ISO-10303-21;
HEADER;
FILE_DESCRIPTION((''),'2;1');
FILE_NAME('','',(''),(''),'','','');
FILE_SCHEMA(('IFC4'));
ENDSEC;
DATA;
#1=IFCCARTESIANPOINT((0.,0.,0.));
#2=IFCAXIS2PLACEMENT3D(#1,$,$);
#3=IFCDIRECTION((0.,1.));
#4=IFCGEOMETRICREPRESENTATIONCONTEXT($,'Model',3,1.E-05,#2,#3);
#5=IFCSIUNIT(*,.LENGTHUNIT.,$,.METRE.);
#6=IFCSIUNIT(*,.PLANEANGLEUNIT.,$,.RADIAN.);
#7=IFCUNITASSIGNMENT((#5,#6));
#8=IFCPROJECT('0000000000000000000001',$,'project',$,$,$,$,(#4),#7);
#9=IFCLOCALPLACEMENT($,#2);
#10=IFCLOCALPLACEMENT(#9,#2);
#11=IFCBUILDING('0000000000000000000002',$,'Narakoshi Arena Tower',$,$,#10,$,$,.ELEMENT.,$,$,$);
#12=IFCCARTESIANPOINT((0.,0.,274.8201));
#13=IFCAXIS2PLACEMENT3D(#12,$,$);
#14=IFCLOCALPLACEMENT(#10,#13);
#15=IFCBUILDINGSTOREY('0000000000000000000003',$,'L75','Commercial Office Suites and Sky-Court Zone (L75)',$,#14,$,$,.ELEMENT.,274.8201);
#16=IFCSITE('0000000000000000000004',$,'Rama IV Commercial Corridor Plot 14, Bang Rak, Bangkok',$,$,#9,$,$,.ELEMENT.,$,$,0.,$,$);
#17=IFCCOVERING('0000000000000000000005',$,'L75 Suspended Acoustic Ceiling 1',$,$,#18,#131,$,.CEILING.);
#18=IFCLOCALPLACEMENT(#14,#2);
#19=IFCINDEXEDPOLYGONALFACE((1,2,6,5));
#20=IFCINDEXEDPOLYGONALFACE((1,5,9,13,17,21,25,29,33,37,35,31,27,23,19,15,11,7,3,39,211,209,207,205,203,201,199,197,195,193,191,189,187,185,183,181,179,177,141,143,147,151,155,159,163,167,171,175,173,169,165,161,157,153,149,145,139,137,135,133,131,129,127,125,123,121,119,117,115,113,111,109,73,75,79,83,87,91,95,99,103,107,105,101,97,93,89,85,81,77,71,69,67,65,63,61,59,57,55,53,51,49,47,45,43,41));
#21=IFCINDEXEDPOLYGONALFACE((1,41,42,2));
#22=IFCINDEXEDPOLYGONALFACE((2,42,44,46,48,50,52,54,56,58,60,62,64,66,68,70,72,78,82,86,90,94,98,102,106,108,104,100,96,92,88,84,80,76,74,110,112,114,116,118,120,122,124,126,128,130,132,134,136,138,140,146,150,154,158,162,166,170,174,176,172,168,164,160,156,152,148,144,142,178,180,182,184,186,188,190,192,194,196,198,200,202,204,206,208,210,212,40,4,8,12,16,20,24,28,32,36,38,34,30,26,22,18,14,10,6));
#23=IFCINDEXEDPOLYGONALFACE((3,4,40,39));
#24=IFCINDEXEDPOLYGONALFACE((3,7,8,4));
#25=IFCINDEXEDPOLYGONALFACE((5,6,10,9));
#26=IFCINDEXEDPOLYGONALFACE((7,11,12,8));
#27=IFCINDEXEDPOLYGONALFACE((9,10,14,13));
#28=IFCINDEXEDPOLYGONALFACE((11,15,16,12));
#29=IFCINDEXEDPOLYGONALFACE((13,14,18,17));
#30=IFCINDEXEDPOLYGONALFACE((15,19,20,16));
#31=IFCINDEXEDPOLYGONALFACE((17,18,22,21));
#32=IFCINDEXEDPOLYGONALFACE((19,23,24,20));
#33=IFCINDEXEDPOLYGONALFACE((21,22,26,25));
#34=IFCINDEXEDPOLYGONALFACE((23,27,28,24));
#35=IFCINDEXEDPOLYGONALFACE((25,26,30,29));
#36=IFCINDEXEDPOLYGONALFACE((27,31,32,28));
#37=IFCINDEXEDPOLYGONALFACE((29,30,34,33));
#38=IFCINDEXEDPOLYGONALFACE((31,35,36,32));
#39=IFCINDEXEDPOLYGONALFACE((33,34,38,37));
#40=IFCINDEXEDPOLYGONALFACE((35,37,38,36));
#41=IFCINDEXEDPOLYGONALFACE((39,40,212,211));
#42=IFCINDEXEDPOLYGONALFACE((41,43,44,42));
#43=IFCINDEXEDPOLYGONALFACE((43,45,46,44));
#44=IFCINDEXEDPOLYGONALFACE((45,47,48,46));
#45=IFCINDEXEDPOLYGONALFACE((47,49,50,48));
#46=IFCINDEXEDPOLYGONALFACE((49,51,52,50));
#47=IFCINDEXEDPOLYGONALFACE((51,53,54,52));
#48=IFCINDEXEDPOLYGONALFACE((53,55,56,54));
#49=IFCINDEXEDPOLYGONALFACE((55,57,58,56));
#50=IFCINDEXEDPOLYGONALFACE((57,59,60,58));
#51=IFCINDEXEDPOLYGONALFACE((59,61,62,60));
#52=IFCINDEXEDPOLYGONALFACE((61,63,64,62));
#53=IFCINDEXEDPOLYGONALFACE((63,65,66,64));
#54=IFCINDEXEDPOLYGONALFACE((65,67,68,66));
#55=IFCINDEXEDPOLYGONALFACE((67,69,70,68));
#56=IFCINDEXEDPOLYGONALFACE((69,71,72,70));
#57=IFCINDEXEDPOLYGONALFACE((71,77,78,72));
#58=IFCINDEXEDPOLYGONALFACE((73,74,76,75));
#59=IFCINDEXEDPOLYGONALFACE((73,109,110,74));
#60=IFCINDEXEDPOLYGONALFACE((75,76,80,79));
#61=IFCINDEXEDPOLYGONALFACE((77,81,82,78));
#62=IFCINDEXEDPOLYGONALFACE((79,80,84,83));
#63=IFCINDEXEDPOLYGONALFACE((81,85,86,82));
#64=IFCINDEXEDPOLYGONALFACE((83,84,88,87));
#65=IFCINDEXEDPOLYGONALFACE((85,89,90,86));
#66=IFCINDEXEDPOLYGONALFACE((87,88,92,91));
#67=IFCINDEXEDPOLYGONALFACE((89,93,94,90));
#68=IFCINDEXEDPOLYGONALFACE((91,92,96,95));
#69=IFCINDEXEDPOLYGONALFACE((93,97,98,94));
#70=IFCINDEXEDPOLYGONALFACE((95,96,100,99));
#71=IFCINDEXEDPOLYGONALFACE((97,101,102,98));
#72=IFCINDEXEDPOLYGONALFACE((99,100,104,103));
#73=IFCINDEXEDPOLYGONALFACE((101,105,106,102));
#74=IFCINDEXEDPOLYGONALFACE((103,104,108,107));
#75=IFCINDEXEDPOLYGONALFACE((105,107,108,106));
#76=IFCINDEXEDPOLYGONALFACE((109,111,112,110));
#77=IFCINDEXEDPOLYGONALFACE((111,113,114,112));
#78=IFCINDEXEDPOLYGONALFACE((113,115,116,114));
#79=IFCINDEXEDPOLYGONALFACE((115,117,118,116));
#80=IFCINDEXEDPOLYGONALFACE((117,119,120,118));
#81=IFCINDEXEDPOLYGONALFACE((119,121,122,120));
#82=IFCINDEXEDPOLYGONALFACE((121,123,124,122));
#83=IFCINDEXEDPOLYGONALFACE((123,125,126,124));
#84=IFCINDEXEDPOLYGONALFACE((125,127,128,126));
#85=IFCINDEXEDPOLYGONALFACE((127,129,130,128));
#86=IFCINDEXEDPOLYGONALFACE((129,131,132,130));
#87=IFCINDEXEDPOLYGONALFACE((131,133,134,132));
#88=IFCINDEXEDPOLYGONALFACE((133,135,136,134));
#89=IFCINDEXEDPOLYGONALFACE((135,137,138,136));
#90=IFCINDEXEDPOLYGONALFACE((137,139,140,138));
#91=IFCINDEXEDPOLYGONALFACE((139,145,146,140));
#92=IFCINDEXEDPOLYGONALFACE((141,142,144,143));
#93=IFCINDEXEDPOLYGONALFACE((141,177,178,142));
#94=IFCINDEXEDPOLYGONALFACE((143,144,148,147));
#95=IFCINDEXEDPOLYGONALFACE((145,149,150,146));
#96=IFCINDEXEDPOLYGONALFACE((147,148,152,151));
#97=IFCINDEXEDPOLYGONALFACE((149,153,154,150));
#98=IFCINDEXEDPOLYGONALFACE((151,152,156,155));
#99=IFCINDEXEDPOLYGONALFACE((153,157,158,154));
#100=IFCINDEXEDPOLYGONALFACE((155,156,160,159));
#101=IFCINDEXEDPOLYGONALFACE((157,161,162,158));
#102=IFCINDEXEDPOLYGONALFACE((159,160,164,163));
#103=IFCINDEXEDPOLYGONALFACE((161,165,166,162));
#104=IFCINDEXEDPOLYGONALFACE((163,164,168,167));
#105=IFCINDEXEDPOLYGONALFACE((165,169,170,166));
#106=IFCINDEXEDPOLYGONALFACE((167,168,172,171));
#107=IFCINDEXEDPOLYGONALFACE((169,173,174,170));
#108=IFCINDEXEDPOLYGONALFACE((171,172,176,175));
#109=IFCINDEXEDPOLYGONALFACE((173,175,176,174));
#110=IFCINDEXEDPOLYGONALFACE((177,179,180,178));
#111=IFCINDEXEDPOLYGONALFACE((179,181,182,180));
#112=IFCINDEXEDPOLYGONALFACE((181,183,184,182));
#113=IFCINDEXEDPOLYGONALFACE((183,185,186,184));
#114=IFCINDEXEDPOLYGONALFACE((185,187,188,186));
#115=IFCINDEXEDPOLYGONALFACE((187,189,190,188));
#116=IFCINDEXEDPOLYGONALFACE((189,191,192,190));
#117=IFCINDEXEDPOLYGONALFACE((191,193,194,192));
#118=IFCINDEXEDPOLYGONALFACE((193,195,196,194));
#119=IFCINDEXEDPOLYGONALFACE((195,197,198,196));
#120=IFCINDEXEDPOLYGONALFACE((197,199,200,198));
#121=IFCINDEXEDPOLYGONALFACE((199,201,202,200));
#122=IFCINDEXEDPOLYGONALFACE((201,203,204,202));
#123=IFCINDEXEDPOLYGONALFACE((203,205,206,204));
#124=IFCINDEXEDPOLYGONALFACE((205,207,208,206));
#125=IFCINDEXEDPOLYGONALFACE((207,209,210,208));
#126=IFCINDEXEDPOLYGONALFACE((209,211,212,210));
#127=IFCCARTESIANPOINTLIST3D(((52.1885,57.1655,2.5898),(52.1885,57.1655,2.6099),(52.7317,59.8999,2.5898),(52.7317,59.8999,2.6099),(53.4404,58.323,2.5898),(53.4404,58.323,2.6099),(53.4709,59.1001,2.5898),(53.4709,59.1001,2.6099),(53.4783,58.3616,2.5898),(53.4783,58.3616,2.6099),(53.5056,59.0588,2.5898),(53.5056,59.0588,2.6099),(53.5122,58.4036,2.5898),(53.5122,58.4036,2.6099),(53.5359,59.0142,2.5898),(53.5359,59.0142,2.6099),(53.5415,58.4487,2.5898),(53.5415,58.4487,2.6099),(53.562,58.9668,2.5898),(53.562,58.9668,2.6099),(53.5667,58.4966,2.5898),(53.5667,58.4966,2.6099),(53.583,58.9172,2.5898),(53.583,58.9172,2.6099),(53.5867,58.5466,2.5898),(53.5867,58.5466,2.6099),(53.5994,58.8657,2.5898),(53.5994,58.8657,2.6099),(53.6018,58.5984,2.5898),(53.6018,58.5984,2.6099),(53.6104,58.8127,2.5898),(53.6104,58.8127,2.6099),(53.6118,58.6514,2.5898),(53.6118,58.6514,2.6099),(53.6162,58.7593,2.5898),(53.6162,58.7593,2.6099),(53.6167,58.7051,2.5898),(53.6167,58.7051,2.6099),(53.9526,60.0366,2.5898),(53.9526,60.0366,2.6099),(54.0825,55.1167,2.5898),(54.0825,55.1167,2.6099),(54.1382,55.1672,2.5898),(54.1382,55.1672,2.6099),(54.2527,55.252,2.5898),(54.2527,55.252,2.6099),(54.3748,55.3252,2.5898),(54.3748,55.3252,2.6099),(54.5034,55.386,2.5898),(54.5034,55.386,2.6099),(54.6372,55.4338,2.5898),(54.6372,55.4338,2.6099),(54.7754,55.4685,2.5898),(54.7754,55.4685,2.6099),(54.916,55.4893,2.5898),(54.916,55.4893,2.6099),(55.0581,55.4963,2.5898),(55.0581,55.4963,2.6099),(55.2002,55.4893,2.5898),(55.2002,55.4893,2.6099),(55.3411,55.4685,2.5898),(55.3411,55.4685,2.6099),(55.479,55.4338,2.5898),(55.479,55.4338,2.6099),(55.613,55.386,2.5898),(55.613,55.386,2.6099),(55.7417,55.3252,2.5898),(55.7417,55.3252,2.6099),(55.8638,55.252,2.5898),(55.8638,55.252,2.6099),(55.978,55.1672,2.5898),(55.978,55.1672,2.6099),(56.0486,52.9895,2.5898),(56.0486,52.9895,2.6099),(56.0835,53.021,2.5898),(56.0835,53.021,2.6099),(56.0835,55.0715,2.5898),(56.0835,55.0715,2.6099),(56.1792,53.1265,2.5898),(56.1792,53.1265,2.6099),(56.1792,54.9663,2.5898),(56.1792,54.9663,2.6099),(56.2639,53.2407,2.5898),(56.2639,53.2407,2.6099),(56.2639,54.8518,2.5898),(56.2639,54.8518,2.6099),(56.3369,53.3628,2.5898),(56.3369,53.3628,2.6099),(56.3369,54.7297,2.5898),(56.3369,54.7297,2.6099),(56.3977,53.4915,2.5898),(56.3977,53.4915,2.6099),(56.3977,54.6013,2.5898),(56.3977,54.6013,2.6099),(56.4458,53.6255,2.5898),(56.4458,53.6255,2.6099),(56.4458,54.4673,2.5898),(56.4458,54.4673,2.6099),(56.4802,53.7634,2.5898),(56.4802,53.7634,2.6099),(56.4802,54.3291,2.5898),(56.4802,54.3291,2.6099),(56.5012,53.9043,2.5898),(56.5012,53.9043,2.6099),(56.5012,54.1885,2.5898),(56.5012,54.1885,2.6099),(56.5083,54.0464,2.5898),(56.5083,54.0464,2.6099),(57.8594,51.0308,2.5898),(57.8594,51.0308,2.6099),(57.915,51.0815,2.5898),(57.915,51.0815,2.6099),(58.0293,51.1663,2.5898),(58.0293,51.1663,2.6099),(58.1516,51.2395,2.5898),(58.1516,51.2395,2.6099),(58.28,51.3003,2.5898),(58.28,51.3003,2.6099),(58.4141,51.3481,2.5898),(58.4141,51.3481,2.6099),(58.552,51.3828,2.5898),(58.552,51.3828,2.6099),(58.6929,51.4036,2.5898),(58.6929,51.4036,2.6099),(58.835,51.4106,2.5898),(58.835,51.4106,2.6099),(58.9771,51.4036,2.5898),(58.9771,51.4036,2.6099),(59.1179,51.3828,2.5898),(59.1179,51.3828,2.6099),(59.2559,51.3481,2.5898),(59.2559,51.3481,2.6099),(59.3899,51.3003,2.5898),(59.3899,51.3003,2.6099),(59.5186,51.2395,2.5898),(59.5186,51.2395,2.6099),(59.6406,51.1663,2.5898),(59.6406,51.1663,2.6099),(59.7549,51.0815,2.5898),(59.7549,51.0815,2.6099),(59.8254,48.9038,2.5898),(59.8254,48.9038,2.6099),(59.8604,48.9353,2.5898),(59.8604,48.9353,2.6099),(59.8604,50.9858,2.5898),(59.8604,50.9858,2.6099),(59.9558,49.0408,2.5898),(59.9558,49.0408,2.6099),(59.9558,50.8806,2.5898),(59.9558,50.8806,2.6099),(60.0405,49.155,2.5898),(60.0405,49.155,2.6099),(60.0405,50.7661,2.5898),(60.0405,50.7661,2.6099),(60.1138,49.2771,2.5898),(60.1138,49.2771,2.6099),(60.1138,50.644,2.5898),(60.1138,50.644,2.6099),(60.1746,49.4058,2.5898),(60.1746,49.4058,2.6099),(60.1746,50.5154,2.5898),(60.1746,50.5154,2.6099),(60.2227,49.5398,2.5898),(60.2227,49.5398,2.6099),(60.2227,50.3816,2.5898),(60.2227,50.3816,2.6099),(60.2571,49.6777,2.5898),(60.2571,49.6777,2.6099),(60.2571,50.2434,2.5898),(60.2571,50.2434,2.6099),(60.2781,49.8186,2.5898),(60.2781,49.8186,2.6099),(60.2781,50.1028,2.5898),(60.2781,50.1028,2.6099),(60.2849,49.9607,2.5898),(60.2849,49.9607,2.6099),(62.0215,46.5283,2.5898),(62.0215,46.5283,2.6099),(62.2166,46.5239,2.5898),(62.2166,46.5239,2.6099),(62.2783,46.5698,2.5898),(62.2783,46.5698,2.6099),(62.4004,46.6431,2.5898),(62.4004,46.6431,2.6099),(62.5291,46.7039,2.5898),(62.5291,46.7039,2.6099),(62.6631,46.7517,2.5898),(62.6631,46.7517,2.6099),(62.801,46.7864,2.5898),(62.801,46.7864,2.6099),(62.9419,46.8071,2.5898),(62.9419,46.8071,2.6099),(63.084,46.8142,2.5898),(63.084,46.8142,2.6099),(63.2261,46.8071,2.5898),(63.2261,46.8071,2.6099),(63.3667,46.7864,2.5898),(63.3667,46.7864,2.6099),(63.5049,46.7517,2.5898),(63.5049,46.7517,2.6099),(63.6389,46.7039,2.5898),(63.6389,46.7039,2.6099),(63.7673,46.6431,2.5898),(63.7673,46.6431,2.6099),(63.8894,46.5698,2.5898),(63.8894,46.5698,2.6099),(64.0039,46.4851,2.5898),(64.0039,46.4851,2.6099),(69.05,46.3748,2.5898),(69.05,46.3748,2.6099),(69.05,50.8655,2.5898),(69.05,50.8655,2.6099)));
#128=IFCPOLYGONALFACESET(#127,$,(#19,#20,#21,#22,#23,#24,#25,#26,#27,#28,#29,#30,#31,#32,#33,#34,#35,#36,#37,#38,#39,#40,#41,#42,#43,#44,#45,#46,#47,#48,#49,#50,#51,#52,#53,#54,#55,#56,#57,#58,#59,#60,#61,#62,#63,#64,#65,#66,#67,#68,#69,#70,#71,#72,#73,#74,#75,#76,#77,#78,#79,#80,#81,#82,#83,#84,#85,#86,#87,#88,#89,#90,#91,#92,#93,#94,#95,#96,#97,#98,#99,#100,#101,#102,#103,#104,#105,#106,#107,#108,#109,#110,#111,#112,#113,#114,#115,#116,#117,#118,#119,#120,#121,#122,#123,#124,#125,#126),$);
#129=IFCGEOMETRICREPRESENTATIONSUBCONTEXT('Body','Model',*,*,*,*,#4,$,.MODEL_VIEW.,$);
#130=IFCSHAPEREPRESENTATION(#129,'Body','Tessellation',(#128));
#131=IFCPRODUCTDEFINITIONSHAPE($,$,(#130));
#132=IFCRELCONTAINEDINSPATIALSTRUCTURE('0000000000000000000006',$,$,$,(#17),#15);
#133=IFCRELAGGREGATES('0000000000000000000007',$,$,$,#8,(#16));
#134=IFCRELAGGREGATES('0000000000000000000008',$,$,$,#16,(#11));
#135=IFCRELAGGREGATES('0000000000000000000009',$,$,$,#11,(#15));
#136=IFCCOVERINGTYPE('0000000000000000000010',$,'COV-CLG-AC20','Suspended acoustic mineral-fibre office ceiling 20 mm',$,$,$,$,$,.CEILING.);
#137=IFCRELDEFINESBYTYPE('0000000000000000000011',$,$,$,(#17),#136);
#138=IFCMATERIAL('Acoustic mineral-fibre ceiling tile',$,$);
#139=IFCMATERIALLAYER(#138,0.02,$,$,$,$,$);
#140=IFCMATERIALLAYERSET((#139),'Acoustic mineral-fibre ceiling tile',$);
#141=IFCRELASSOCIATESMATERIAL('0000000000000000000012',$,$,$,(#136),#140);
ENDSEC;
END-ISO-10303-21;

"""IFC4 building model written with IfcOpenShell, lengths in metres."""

from ifc_helpers import new_model, si_unit, direction, frame, origin, place, context, subcontext, project, spatial, polyline, outline, extrude, material, layer, layer_set, type_object, element, save


model = new_model("IFC4")

# Units and contexts
model_context = context("Model", 3, precision=1e-05, world=origin(), true_north=direction((0.0, 1.0)))
body_context = subcontext(model_context, "Body", "Model", "MODEL_VIEW")
ifc_project = project(units=[si_unit("LENGTHUNIT", "METRE"), si_unit("PLANEANGLEUNIT", "RADIAN")], contexts=[model_context])

# Site, building, storey
site_placement = place(None, origin())
site = spatial("IfcSite", under=ifc_project, at=site_placement, Name="Rama IV Commercial Corridor Plot 14, Bang Rak, Bangkok", CompositionType="ELEMENT", RefElevation=0.0)
building_placement = place(site_placement, origin())
building = spatial("IfcBuilding", under=site, at=building_placement, Name="Narakoshi Arena Tower", CompositionType="ELEMENT")
storey_placement = place(building_placement, frame((0.0, 0.0, 274.8201)))
storey = spatial("IfcBuildingStorey", under=building, at=storey_placement, Name="L75", Description="Commercial Office Suites and Sky-Court Zone (L75)", CompositionType="ELEMENT", Elevation=274.8201)

# Covering
ifc_material_1 = material(Name="Acoustic mineral-fibre ceiling tile")
ifc_layer_1 = layer(ifc_material_1, 0.02)
ifc_layer_set_1 = layer_set([ifc_layer_1], Name="Acoustic mineral-fibre ceiling tile")
covering_type_1 = type_object("IfcCoveringType", Name="COV-CLG-AC20", Description="Suspended acoustic mineral-fibre office ceiling 20 mm", PredefinedType="CEILING", material=ifc_layer_set_1)
covering_1_placement = place(storey_placement, frame((0.0, 0.0, 2.5898)))
element("IfcCovering", 1, at=covering_1_placement, inside=storey, type_object=covering_type_1, Name="L75 Suspended Acoustic Ceiling 1", PredefinedType="CEILING", context=body_context, shape_type="SweptSolid", body=[
    extrude(outline(polyline([(69.05, 50.8655), (69.05, 46.3748), (64.0039, 46.4851), (64.0039, 46.4851), (63.8894, 46.5698), (63.7673, 46.6431), (63.6389, 46.7039), (63.5049, 46.7517), (63.3667, 46.7864), (63.2261, 46.8071), (63.084, 46.8142), (62.9419, 46.8071), (62.801, 46.7864), (62.6631, 46.7517), (62.5291, 46.7039), (62.4004, 46.6431), (62.2783, 46.5698), (62.2166, 46.5239), (62.0215, 46.5283), (59.8254, 48.9038), (59.8604, 48.9353), (59.9558, 49.0408), (60.0405, 49.155), (60.1138, 49.2771), (60.1746, 49.4058), (60.2227, 49.5398), (60.2571, 49.6777), (60.2781, 49.8186), (60.2849, 49.9607), (60.2781, 50.1028), (60.2571, 50.2434), (60.2227, 50.3816), (60.1746, 50.5154), (60.1138, 50.644), (60.0405, 50.7661), (59.9558, 50.8806), (59.8604, 50.9858), (59.7549, 51.0815), (59.6406, 51.1663), (59.5186, 51.2395), (59.3899, 51.3003), (59.2559, 51.3481), (59.1179, 51.3828), (58.9771, 51.4036), (58.835, 51.4106), (58.6929, 51.4036), (58.552, 51.3828), (58.4141, 51.3481), (58.28, 51.3003), (58.1516, 51.2395), (58.0293, 51.1663), (57.915, 51.0815), (57.8594, 51.0308), (56.0486, 52.9895), (56.0835, 53.021), (56.1792, 53.1265), (56.2639, 53.2407), (56.3369, 53.3628), (56.3977, 53.4915), (56.4458, 53.6255), (56.4802, 53.7634), (56.5012, 53.9043), (56.5083, 54.0464), (56.5012, 54.1885), (56.4802, 54.3291), (56.4458, 54.4673), (56.3977, 54.6013), (56.3369, 54.7297), (56.2639, 54.8518), (56.1792, 54.9663), (56.0835, 55.0715), (55.978, 55.1672), (55.8638, 55.252), (55.7417, 55.3252), (55.613, 55.386), (55.479, 55.4338), (55.3411, 55.4685), (55.2002, 55.4893), (55.0581, 55.4963), (54.916, 55.4893), (54.7754, 55.4685), (54.6372, 55.4338), (54.5034, 55.386), (54.3748, 55.3252), (54.2527, 55.252), (54.1382, 55.1672), (54.0825, 55.1167), (52.1885, 57.1655), (53.4404, 58.323), (53.4783, 58.3616), (53.5122, 58.4036), (53.5415, 58.4487), (53.5667, 58.4966), (53.5867, 58.5466), (53.6018, 58.5984), (53.6118, 58.6514), (53.6167, 58.7051), (53.6162, 58.7593), (53.6104, 58.8127), (53.5994, 58.8657), (53.583, 58.9172), (53.562, 58.9668), (53.5359, 59.0142), (53.5056, 59.0588), (53.4709, 59.1001), (52.7317, 59.8999), (53.9526, 60.0366), (69.05, 50.8655)])), origin(), (0.0, 0.0, 1.0), 0.02),
])

save(model, "model.ifc")
